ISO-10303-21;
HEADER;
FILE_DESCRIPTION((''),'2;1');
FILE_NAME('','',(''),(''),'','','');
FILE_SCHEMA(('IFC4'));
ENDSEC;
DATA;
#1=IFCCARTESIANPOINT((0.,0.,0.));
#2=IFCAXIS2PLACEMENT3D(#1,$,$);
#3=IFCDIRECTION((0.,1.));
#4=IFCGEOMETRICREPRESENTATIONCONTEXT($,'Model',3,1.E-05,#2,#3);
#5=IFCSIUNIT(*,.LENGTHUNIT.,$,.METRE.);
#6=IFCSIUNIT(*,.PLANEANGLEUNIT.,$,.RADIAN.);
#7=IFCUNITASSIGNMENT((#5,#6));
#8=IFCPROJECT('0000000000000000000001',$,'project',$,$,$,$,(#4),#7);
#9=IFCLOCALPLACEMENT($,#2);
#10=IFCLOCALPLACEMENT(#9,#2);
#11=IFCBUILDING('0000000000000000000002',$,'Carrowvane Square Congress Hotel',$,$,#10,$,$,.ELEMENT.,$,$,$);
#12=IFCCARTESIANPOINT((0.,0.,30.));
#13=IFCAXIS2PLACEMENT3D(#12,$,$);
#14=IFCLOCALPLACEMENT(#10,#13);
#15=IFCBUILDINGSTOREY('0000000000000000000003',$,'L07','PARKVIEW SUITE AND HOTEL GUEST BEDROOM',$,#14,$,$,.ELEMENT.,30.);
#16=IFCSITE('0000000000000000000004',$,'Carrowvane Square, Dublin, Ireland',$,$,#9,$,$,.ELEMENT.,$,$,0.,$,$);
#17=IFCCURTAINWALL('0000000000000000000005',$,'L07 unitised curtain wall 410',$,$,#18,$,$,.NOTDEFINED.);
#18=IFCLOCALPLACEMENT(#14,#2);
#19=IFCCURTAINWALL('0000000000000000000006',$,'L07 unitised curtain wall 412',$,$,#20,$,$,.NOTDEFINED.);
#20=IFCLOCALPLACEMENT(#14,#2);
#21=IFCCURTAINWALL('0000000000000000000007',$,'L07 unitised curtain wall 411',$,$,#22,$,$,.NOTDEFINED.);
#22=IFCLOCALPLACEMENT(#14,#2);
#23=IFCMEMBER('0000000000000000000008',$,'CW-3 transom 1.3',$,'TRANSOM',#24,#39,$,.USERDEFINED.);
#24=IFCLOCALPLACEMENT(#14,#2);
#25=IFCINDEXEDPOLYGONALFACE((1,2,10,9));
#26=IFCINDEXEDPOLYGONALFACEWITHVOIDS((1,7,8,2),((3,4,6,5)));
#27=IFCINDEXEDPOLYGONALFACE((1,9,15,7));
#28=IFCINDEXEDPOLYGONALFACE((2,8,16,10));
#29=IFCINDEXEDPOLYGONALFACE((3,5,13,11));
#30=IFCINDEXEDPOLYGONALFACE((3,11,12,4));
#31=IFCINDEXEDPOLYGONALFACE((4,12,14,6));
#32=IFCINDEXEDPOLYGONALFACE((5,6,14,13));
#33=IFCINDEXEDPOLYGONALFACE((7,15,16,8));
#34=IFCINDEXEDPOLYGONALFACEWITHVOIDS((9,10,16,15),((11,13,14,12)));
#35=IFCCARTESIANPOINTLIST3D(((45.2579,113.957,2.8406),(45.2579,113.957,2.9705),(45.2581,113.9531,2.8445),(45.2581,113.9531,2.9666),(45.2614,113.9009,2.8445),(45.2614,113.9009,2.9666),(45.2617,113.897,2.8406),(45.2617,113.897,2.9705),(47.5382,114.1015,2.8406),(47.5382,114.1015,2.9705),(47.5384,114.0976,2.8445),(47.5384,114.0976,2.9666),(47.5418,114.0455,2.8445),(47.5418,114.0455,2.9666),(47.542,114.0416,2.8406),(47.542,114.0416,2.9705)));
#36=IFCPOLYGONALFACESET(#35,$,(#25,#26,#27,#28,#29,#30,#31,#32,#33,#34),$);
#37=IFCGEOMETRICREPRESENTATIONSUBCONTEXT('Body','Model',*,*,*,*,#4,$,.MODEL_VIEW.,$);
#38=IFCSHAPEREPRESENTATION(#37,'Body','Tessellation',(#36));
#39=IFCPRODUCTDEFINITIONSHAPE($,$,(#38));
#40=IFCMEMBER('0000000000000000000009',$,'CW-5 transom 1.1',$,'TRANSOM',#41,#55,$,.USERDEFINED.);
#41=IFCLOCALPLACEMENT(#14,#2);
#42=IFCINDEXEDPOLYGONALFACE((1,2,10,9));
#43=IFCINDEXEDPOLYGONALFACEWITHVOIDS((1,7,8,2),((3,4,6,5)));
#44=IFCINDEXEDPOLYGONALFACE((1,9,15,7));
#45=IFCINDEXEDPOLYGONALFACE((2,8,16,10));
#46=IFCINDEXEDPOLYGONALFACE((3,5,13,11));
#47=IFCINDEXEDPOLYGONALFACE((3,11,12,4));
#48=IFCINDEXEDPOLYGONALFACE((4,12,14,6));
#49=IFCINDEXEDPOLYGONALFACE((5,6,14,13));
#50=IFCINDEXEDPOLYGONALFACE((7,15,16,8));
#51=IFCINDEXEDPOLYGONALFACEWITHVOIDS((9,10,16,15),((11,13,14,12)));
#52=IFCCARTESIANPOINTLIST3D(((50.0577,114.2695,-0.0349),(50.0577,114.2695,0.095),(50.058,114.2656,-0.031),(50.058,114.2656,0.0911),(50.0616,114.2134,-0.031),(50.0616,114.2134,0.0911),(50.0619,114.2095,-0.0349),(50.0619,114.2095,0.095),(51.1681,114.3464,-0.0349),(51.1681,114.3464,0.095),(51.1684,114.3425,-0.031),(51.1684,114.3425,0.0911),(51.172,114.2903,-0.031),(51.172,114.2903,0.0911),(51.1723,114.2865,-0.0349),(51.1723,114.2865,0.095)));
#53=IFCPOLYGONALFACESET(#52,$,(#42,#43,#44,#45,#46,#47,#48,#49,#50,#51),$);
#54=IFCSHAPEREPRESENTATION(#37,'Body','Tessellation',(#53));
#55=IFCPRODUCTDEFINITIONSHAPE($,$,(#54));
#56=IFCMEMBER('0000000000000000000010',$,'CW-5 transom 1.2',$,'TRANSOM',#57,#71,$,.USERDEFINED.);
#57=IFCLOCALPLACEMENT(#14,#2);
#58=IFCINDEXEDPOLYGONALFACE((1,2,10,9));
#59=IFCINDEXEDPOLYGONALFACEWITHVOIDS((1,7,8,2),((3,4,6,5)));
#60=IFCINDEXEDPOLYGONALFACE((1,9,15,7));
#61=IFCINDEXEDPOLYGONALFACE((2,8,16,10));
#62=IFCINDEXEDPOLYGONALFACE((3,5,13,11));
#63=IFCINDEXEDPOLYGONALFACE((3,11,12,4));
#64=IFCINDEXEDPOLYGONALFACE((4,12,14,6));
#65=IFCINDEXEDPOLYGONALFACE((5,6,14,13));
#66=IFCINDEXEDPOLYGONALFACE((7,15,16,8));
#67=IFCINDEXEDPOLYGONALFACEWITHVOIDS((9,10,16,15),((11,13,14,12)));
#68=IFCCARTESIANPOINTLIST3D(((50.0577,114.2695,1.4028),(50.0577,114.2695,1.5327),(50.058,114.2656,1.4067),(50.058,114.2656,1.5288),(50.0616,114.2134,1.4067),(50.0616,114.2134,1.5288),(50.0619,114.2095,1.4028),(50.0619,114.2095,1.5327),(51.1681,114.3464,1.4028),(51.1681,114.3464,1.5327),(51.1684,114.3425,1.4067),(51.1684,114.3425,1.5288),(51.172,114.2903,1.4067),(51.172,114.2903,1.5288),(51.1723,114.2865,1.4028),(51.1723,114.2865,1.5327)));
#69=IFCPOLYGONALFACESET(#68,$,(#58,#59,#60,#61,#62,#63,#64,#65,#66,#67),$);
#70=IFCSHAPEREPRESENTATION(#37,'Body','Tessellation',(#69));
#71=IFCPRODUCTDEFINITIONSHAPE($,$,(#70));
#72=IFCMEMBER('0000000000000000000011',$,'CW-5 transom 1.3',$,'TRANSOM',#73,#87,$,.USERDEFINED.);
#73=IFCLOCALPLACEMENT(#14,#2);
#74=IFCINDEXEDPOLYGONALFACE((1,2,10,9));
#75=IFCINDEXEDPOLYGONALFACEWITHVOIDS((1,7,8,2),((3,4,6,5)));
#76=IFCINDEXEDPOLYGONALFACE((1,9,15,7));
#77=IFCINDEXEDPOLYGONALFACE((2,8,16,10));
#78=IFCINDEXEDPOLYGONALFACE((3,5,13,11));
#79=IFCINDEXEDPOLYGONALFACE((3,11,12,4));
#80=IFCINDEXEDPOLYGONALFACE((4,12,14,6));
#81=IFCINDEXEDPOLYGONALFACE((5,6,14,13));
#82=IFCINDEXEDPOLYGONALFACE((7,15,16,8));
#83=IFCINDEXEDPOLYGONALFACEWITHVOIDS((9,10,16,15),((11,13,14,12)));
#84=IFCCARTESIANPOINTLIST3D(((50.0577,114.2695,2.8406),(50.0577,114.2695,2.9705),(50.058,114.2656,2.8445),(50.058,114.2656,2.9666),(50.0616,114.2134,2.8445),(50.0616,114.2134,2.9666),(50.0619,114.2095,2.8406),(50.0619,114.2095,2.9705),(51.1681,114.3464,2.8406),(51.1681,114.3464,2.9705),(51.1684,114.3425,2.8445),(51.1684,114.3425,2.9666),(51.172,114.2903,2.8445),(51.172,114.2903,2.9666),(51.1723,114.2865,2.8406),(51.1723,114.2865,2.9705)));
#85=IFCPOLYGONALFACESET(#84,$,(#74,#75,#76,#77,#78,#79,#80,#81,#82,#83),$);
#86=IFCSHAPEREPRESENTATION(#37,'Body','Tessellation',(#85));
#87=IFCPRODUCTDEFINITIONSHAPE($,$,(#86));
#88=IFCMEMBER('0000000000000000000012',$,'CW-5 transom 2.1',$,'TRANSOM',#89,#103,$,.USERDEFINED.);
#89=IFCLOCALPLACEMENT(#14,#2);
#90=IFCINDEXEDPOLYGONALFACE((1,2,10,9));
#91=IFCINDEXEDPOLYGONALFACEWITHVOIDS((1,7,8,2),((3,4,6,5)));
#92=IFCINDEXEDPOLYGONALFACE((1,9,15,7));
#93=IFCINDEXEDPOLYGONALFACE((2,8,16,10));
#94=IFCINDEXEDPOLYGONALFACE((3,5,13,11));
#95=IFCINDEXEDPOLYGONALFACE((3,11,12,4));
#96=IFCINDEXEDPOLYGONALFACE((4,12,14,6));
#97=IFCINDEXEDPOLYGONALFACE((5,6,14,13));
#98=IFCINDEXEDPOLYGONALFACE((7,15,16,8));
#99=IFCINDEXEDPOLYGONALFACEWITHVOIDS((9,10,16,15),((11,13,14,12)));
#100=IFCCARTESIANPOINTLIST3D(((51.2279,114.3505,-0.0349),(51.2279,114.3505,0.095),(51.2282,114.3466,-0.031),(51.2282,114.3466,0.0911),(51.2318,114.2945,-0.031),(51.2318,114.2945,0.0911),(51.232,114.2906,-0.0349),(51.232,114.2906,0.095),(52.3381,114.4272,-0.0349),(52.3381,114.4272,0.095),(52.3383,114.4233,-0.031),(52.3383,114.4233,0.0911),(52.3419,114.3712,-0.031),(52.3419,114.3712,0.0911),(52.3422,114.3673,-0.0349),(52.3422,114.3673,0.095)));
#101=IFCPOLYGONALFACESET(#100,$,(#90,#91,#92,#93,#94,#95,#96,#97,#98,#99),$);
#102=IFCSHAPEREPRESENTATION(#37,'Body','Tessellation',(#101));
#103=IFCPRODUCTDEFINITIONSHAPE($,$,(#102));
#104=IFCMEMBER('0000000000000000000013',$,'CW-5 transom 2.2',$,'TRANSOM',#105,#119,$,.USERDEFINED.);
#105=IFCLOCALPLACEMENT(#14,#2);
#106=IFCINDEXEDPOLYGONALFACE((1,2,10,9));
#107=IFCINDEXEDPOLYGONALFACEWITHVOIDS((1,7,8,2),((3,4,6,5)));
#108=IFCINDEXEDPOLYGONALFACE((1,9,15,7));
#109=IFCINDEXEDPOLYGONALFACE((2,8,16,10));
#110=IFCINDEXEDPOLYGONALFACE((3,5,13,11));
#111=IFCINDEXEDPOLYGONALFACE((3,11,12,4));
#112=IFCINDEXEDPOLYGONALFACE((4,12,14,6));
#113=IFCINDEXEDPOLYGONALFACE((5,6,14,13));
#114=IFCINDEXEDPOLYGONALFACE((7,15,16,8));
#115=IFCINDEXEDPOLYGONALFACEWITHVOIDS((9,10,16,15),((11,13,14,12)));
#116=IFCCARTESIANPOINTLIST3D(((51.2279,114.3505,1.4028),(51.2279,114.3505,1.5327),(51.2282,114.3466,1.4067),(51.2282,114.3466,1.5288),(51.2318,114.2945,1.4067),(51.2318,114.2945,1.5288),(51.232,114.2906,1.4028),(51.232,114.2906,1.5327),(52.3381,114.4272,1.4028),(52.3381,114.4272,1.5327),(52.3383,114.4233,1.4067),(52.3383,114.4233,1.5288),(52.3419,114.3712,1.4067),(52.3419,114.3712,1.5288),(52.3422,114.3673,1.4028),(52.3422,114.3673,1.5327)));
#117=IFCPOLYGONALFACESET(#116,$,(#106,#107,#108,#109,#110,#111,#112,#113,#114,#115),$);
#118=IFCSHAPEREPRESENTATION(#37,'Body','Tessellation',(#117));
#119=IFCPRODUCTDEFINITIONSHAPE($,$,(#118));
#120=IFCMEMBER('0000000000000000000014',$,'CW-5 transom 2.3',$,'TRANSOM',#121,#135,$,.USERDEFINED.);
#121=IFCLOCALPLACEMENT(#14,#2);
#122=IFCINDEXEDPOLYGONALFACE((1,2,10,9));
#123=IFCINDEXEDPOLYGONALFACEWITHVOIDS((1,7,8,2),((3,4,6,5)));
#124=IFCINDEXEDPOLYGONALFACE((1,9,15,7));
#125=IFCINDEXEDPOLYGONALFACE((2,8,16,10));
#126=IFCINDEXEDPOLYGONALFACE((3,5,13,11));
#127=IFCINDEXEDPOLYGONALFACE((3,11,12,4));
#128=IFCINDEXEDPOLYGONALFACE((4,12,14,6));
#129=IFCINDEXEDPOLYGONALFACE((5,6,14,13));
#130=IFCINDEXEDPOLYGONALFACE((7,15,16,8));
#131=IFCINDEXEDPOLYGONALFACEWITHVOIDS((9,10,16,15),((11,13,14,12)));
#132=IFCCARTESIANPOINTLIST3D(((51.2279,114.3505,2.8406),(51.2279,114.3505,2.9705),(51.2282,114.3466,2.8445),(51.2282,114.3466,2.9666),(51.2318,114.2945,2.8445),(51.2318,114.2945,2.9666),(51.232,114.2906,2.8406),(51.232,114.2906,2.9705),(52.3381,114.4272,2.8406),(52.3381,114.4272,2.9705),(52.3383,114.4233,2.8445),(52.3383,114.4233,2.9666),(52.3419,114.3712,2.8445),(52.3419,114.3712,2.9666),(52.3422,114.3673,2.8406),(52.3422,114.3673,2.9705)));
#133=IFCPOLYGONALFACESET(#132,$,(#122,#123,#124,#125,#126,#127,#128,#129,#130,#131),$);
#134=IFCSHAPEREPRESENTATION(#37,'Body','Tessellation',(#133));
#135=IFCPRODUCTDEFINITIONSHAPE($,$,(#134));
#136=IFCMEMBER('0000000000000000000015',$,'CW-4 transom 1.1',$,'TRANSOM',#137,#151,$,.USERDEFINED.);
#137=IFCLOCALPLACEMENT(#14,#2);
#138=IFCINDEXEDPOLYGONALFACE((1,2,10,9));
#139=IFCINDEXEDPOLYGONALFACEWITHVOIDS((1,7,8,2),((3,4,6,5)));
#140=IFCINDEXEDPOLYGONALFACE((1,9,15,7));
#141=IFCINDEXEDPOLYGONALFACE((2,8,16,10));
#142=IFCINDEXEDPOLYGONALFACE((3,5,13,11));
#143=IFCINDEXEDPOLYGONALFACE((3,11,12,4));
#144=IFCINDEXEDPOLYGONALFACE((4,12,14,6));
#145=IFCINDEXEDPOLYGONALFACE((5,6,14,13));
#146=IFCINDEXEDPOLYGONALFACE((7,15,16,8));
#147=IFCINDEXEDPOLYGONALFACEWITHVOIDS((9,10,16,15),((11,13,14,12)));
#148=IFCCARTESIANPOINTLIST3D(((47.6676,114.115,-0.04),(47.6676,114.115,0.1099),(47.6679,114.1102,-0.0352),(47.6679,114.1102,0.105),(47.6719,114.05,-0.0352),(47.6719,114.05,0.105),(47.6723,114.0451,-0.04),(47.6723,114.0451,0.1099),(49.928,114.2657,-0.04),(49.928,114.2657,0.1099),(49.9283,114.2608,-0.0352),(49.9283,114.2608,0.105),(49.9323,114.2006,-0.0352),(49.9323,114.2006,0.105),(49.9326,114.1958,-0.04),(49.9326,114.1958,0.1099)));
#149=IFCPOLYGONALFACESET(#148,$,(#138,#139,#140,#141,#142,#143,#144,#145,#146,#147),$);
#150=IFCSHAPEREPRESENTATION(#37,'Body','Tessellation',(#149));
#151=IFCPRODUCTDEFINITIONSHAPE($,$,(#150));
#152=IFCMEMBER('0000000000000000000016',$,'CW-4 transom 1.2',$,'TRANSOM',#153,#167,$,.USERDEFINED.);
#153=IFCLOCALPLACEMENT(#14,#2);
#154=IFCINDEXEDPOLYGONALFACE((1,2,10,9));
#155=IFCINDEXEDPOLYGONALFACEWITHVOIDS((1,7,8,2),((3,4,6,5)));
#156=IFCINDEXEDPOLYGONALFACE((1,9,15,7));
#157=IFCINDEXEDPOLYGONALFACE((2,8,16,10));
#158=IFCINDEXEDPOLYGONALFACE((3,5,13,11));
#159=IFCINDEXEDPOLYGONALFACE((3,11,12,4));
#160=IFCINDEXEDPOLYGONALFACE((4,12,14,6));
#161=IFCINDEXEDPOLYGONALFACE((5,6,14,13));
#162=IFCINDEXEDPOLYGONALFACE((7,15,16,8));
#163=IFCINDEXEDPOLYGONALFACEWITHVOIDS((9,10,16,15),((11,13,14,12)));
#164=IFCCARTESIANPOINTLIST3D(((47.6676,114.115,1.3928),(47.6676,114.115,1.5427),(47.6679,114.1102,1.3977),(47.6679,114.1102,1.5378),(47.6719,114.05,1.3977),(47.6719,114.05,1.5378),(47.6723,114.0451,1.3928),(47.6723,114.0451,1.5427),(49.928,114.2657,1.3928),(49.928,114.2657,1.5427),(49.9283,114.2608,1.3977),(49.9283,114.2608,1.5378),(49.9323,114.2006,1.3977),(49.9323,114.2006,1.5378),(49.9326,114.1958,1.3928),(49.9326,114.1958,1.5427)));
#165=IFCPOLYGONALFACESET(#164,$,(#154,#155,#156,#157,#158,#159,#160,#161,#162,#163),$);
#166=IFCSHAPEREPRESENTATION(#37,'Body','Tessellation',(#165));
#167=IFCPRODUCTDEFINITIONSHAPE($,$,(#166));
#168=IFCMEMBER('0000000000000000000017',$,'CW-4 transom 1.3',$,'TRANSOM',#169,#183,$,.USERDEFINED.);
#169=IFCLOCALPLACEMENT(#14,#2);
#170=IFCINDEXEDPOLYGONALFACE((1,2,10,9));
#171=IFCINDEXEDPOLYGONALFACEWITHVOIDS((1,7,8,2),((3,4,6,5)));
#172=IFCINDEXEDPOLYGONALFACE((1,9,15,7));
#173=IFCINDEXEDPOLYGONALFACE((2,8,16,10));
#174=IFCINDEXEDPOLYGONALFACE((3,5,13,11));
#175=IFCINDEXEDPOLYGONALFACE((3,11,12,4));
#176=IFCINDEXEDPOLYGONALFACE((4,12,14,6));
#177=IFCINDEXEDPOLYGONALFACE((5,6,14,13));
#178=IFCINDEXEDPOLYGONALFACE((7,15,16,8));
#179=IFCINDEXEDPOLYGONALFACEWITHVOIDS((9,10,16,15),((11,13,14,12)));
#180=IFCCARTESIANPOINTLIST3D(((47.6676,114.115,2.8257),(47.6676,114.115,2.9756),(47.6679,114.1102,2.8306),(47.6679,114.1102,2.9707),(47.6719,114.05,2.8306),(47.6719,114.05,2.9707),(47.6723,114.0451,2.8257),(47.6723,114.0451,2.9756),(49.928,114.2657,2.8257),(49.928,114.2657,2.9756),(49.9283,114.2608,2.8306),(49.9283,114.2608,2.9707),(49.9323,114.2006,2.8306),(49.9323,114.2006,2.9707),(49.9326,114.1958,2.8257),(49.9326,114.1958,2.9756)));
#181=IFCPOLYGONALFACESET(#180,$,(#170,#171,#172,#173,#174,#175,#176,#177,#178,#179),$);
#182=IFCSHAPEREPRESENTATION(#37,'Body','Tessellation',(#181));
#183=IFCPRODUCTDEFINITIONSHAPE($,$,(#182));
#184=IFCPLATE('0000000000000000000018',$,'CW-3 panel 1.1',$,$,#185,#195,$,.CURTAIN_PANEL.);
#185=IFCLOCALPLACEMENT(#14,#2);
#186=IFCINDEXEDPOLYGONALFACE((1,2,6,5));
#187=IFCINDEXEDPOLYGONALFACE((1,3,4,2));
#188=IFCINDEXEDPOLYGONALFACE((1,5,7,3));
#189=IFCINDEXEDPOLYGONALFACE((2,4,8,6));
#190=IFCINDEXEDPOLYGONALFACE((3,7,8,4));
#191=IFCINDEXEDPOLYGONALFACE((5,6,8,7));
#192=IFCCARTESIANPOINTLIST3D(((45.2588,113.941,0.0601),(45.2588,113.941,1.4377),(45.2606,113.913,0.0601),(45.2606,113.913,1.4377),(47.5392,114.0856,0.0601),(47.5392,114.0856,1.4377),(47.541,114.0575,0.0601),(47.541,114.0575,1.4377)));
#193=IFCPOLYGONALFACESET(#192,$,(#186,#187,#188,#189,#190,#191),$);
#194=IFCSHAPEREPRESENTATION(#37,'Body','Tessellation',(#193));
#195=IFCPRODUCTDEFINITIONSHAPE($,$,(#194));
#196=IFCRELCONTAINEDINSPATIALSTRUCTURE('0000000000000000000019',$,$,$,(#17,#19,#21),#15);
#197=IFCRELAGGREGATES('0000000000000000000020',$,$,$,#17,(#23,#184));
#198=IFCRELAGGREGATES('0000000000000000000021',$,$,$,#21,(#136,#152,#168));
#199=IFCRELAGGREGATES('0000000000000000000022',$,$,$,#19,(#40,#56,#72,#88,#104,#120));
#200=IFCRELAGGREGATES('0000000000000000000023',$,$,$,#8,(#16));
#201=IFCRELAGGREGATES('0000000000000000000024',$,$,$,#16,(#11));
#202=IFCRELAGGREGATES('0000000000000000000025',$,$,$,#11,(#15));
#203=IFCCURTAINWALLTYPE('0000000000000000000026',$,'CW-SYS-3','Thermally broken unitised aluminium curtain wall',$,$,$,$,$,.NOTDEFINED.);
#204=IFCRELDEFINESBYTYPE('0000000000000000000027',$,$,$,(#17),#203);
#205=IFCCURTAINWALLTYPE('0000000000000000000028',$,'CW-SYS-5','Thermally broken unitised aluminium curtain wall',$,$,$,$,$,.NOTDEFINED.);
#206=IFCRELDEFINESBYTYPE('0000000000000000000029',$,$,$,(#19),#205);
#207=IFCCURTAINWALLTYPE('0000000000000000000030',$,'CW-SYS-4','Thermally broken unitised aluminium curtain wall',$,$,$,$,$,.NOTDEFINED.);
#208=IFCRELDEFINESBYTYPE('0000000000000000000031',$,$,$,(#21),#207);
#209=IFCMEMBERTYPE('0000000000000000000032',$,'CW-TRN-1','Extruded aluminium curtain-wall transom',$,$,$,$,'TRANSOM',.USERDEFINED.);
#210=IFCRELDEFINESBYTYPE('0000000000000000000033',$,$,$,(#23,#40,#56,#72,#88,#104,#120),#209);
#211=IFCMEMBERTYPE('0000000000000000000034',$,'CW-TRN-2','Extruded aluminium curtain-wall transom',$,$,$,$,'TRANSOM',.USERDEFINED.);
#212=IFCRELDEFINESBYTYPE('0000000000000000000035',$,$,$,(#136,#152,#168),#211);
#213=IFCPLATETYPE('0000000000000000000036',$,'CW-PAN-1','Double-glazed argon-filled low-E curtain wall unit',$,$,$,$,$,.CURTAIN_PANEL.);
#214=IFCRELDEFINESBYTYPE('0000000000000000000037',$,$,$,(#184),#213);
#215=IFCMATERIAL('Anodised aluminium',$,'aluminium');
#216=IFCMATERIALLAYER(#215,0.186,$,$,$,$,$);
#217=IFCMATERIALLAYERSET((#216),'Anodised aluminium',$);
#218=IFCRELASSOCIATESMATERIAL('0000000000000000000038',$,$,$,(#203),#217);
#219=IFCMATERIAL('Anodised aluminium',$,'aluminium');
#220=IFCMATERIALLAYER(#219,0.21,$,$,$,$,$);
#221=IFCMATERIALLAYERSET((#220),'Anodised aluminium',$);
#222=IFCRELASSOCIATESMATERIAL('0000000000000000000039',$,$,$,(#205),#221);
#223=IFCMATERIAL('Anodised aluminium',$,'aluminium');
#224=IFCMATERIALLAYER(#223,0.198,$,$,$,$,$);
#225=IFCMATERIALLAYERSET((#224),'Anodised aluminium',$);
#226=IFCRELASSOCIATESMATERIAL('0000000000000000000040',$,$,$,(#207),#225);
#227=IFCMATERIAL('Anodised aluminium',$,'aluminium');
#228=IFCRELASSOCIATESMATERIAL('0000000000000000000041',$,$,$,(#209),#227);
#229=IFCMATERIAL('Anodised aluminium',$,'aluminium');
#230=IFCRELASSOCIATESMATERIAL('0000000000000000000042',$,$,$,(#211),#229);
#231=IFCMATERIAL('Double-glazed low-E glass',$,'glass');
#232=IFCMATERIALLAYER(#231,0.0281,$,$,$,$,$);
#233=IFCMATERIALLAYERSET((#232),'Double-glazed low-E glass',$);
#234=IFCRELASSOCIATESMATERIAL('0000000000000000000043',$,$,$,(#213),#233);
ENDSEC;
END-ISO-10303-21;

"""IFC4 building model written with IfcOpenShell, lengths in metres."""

from ifc_helpers import new_model, si_unit, direction, frame, origin, origin_2d, place, context, subcontext, project, spatial, rectangle, hollow_rectangle, extrude, material, layer, layer_set, material_profile, profile_set, type_object, element, aggregate, save


model = new_model("IFC4")

# Units and contexts
model_context = context("Model", 3, precision=1e-05, world=origin(), true_north=direction((0.0, 1.0)))
body_context = subcontext(model_context, "Body", "Model", "MODEL_VIEW")
ifc_project = project(units=[si_unit("LENGTHUNIT", "METRE"), si_unit("PLANEANGLEUNIT", "RADIAN")], contexts=[model_context])

# Site, building, storey
site_placement = place(None, origin())
site = spatial("IfcSite", under=ifc_project, at=site_placement, Name="Carrowvane Square, Dublin, Ireland", CompositionType="ELEMENT", RefElevation=0.0)
building_placement = place(site_placement, origin())
building = spatial("IfcBuilding", under=site, at=building_placement, Name="Carrowvane Square Congress Hotel", CompositionType="ELEMENT")
storey_placement = place(building_placement, frame((0.0, 0.0, 30.0)))
storey = spatial("IfcBuildingStorey", under=building, at=storey_placement, Name="L07", Description="PARKVIEW SUITE AND HOTEL GUEST BEDROOM", CompositionType="ELEMENT", Elevation=30.0)

# Curtain walls
ifc_material_1 = material(Name="Anodised aluminium", Category="aluminium")
ifc_layer_1 = layer(ifc_material_1, 0.186)
ifc_layer_set_1 = layer_set([ifc_layer_1], Name="Anodised aluminium")
curtain_wall_type_1 = type_object("IfcCurtainWallType", Name="CW-SYS-3", Description="Thermally broken unitised aluminium curtain wall", PredefinedType="NOTDEFINED", material=ifc_layer_set_1)
curtain_wall_1_placement = place(storey_placement, origin())
curtain_wall_1 = element("IfcCurtainWall", 1, at=curtain_wall_1_placement, inside=storey, type_object=curtain_wall_type_1, Name="L07 unitised curtain wall 410", PredefinedType="NOTDEFINED")
ifc_material_2 = material(Name="Anodised aluminium", Category="aluminium")
ifc_layer_2 = layer(ifc_material_2, 0.21)
ifc_layer_set_2 = layer_set([ifc_layer_2], Name="Anodised aluminium")
curtain_wall_type_2 = type_object("IfcCurtainWallType", Name="CW-SYS-5", Description="Thermally broken unitised aluminium curtain wall", PredefinedType="NOTDEFINED", material=ifc_layer_set_2)
curtain_wall_2_placement = place(storey_placement, origin())
curtain_wall_2 = element("IfcCurtainWall", 2, at=curtain_wall_2_placement, inside=storey, type_object=curtain_wall_type_2, Name="L07 unitised curtain wall 412", PredefinedType="NOTDEFINED")

# Curtain wall
ifc_material_3 = material(Name="Anodised aluminium", Category="aluminium")
ifc_layer_3 = layer(ifc_material_3, 0.198)
ifc_layer_set_3 = layer_set([ifc_layer_3], Name="Anodised aluminium")
curtain_wall_type_3 = type_object("IfcCurtainWallType", Name="CW-SYS-4", Description="Thermally broken unitised aluminium curtain wall", PredefinedType="NOTDEFINED", material=ifc_layer_set_3)
curtain_wall_3_placement = place(storey_placement, origin())
curtain_wall_3 = element("IfcCurtainWall", 3, at=curtain_wall_3_placement, inside=storey, type_object=curtain_wall_type_3, Name="L07 unitised curtain wall 411", PredefinedType="NOTDEFINED")

# Members
ifc_material_4 = material(Name="Anodised aluminium", Category="aluminium")
ifc_material_profile_1 = material_profile(ifc_material_4, hollow_rectangle(XDim=0.0601, YDim=0.1299, WallThickness=0.0039, at=origin_2d()), Name="CW-TR 60x130x4")
ifc_profile_set_1 = profile_set([ifc_material_profile_1], Name="Anodised aluminium")
member_type_1 = type_object("IfcMemberType", Name="CW-TRN-1", Description="Extruded aluminium curtain-wall transom", ElementType="TRANSOM", PredefinedType="USERDEFINED", material=ifc_profile_set_1)
member_1_placement = place(storey_placement, frame((45.2598, 113.927, 2.9055), z_axis=(0.997997, 0.063256, 0.0), x_axis=(-0.063256, 0.997997, 0.0)))
member_1 = element("IfcMember", 4, at=member_1_placement, type_object=member_type_1, Name="CW-3 transom 1.3", ObjectType="TRANSOM", PredefinedType="USERDEFINED", context=body_context, shape_type="SweptSolid", body=[
    extrude(hollow_rectangle(XDim=0.0601, YDim=0.1299, WallThickness=0.0039, at=origin_2d()), origin(), (0.0, 0.0, 1.0), 2.2849),
])
member_2_placement = place(storey_placement, frame((50.0598, 114.2395, 0.03), z_axis=(0.99761, 0.069096, 0.0), x_axis=(-0.069096, 0.99761, 0.0)))
member_2 = element("IfcMember", 5, at=member_2_placement, type_object=member_type_1, Name="CW-5 transom 1.1", ObjectType="TRANSOM", PredefinedType="USERDEFINED", context=body_context, shape_type="SweptSolid", body=[
    extrude(hollow_rectangle(XDim=0.0601, YDim=0.1299, WallThickness=0.0039, at=origin_2d()), origin(), (0.0, 0.0, 1.0), 1.113),
])
member_3_placement = place(storey_placement, frame((50.0598, 114.2395, 1.4678), z_axis=(0.99761, 0.069096, 0.0), x_axis=(-0.069096, 0.99761, 0.0)))
member_3 = element("IfcMember", 6, at=member_3_placement, type_object=member_type_1, Name="CW-5 transom 1.2", ObjectType="TRANSOM", PredefinedType="USERDEFINED", context=body_context, shape_type="SweptSolid", body=[
    extrude(hollow_rectangle(XDim=0.0601, YDim=0.1299, WallThickness=0.0039, at=origin_2d()), origin(), (0.0, 0.0, 1.0), 1.113),
])
member_4_placement = place(storey_placement, frame((50.0598, 114.2395, 2.9055), z_axis=(0.99761, 0.069096, 0.0), x_axis=(-0.069096, 0.99761, 0.0)))
member_4 = element("IfcMember", 7, at=member_4_placement, type_object=member_type_1, Name="CW-5 transom 1.3", ObjectType="TRANSOM", PredefinedType="USERDEFINED", context=body_context, shape_type="SweptSolid", body=[
    extrude(hollow_rectangle(XDim=0.0601, YDim=0.1299, WallThickness=0.0039, at=origin_2d()), origin(), (0.0, 0.0, 1.0), 1.113),
])
member_5_placement = place(storey_placement, frame((51.23, 114.3206, 0.03), z_axis=(0.997624, 0.068892, 0.0), x_axis=(-0.068892, 0.997624, 0.0)))
member_5 = element("IfcMember", 8, at=member_5_placement, type_object=member_type_1, Name="CW-5 transom 2.1", ObjectType="TRANSOM", PredefinedType="USERDEFINED", context=body_context, shape_type="SweptSolid", body=[
    extrude(hollow_rectangle(XDim=0.0601, YDim=0.1299, WallThickness=0.0039, at=origin_2d()), origin(), (0.0, 0.0, 1.0), 1.1128),
])
member_6_placement = place(storey_placement, frame((51.23, 114.3206, 1.4678), z_axis=(0.997624, 0.068892, 0.0), x_axis=(-0.068892, 0.997624, 0.0)))
member_6 = element("IfcMember", 9, at=member_6_placement, type_object=member_type_1, Name="CW-5 transom 2.2", ObjectType="TRANSOM", PredefinedType="USERDEFINED", context=body_context, shape_type="SweptSolid", body=[
    extrude(hollow_rectangle(XDim=0.0601, YDim=0.1299, WallThickness=0.0039, at=origin_2d()), origin(), (0.0, 0.0, 1.0), 1.1128),
])
member_7_placement = place(storey_placement, frame((51.23, 114.3206, 2.9055), z_axis=(0.997624, 0.068892, 0.0), x_axis=(-0.068892, 0.997624, 0.0)))
member_7 = element("IfcMember", 10, at=member_7_placement, type_object=member_type_1, Name="CW-5 transom 2.3", ObjectType="TRANSOM", PredefinedType="USERDEFINED", context=body_context, shape_type="SweptSolid", body=[
    extrude(hollow_rectangle(XDim=0.0601, YDim=0.1299, WallThickness=0.0039, at=origin_2d()), origin(), (0.0, 0.0, 1.0), 1.1128),
])
ifc_material_5 = material(Name="Anodised aluminium", Category="aluminium")
ifc_material_profile_2 = material_profile(ifc_material_5, hollow_rectangle(XDim=0.0701, YDim=0.1499, WallThickness=0.0049, at=origin_2d()), Name="CW-TR 70x150x5")
ifc_profile_set_2 = profile_set([ifc_material_profile_2], Name="Anodised aluminium")
member_type_2 = type_object("IfcMemberType", Name="CW-TRN-2", Description="Extruded aluminium curtain-wall transom", ElementType="TRANSOM", PredefinedType="USERDEFINED", material=ifc_profile_set_2)
member_8_placement = place(storey_placement, frame((47.6699, 114.0801, 0.0349), z_axis=(0.997787, 0.066498, 0.0), x_axis=(-0.066498, 0.997787, 0.0)))
member_8 = element("IfcMember", 11, at=member_8_placement, type_object=member_type_2, Name="CW-4 transom 1.1", ObjectType="TRANSOM", PredefinedType="USERDEFINED", context=body_context, shape_type="SweptSolid", body=[
    extrude(hollow_rectangle(XDim=0.0701, YDim=0.1499, WallThickness=0.0049, at=origin_2d()), origin(), (0.0, 0.0, 1.0), 2.2654),
])
member_9_placement = place(storey_placement, frame((47.6699, 114.0801, 1.4678), z_axis=(0.997787, 0.066498, 0.0), x_axis=(-0.066498, 0.997787, 0.0)))
member_9 = element("IfcMember", 12, at=member_9_placement, type_object=member_type_2, Name="CW-4 transom 1.2", ObjectType="TRANSOM", PredefinedType="USERDEFINED", context=body_context, shape_type="SweptSolid", body=[
    extrude(hollow_rectangle(XDim=0.0701, YDim=0.1499, WallThickness=0.0049, at=origin_2d()), origin(), (0.0, 0.0, 1.0), 2.2654),
])
member_10_placement = place(storey_placement, frame((47.6699, 114.0801, 2.9006), z_axis=(0.997787, 0.066498, 0.0), x_axis=(-0.066498, 0.997787, 0.0)))
member_10 = element("IfcMember", 13, at=member_10_placement, type_object=member_type_2, Name="CW-4 transom 1.3", ObjectType="TRANSOM", PredefinedType="USERDEFINED", context=body_context, shape_type="SweptSolid", body=[
    extrude(hollow_rectangle(XDim=0.0701, YDim=0.1499, WallThickness=0.0049, at=origin_2d()), origin(), (0.0, 0.0, 1.0), 2.2654),
])

# Plate
ifc_material_6 = material(Name="Double-glazed low-E glass", Category="glass")
ifc_layer_4 = layer(ifc_material_6, 0.0281)
ifc_layer_set_4 = layer_set([ifc_layer_4], Name="Double-glazed low-E glass")
plate_type_1 = type_object("IfcPlateType", Name="CW-PAN-1", Description="Double-glazed argon-filled low-E curtain wall unit", PredefinedType="CURTAIN_PANEL", material=ifc_layer_set_4)
plate_1_placement = place(storey_placement, frame((46.3999, 113.9993, 0.0601), z_axis=(0.0, 0.0, 1.0), x_axis=(0.997996, 0.063273, 0.0)))
plate_1 = element("IfcPlate", 14, at=plate_1_placement, type_object=plate_type_1, Name="CW-3 panel 1.1", PredefinedType="CURTAIN_PANEL", context=body_context, shape_type="SweptSolid", body=[
    extrude(rectangle(XDim=2.2849, YDim=0.0281, at=origin_2d()), origin(), (0.0, 0.0, 1.0), 1.3777),
])
aggregate(curtain_wall_1, [member_1, plate_1])
aggregate(curtain_wall_3, [member_8, member_9, member_10])
aggregate(curtain_wall_2, [member_2, member_3, member_4, member_5, member_6, member_7])

save(model, "model.ifc")
